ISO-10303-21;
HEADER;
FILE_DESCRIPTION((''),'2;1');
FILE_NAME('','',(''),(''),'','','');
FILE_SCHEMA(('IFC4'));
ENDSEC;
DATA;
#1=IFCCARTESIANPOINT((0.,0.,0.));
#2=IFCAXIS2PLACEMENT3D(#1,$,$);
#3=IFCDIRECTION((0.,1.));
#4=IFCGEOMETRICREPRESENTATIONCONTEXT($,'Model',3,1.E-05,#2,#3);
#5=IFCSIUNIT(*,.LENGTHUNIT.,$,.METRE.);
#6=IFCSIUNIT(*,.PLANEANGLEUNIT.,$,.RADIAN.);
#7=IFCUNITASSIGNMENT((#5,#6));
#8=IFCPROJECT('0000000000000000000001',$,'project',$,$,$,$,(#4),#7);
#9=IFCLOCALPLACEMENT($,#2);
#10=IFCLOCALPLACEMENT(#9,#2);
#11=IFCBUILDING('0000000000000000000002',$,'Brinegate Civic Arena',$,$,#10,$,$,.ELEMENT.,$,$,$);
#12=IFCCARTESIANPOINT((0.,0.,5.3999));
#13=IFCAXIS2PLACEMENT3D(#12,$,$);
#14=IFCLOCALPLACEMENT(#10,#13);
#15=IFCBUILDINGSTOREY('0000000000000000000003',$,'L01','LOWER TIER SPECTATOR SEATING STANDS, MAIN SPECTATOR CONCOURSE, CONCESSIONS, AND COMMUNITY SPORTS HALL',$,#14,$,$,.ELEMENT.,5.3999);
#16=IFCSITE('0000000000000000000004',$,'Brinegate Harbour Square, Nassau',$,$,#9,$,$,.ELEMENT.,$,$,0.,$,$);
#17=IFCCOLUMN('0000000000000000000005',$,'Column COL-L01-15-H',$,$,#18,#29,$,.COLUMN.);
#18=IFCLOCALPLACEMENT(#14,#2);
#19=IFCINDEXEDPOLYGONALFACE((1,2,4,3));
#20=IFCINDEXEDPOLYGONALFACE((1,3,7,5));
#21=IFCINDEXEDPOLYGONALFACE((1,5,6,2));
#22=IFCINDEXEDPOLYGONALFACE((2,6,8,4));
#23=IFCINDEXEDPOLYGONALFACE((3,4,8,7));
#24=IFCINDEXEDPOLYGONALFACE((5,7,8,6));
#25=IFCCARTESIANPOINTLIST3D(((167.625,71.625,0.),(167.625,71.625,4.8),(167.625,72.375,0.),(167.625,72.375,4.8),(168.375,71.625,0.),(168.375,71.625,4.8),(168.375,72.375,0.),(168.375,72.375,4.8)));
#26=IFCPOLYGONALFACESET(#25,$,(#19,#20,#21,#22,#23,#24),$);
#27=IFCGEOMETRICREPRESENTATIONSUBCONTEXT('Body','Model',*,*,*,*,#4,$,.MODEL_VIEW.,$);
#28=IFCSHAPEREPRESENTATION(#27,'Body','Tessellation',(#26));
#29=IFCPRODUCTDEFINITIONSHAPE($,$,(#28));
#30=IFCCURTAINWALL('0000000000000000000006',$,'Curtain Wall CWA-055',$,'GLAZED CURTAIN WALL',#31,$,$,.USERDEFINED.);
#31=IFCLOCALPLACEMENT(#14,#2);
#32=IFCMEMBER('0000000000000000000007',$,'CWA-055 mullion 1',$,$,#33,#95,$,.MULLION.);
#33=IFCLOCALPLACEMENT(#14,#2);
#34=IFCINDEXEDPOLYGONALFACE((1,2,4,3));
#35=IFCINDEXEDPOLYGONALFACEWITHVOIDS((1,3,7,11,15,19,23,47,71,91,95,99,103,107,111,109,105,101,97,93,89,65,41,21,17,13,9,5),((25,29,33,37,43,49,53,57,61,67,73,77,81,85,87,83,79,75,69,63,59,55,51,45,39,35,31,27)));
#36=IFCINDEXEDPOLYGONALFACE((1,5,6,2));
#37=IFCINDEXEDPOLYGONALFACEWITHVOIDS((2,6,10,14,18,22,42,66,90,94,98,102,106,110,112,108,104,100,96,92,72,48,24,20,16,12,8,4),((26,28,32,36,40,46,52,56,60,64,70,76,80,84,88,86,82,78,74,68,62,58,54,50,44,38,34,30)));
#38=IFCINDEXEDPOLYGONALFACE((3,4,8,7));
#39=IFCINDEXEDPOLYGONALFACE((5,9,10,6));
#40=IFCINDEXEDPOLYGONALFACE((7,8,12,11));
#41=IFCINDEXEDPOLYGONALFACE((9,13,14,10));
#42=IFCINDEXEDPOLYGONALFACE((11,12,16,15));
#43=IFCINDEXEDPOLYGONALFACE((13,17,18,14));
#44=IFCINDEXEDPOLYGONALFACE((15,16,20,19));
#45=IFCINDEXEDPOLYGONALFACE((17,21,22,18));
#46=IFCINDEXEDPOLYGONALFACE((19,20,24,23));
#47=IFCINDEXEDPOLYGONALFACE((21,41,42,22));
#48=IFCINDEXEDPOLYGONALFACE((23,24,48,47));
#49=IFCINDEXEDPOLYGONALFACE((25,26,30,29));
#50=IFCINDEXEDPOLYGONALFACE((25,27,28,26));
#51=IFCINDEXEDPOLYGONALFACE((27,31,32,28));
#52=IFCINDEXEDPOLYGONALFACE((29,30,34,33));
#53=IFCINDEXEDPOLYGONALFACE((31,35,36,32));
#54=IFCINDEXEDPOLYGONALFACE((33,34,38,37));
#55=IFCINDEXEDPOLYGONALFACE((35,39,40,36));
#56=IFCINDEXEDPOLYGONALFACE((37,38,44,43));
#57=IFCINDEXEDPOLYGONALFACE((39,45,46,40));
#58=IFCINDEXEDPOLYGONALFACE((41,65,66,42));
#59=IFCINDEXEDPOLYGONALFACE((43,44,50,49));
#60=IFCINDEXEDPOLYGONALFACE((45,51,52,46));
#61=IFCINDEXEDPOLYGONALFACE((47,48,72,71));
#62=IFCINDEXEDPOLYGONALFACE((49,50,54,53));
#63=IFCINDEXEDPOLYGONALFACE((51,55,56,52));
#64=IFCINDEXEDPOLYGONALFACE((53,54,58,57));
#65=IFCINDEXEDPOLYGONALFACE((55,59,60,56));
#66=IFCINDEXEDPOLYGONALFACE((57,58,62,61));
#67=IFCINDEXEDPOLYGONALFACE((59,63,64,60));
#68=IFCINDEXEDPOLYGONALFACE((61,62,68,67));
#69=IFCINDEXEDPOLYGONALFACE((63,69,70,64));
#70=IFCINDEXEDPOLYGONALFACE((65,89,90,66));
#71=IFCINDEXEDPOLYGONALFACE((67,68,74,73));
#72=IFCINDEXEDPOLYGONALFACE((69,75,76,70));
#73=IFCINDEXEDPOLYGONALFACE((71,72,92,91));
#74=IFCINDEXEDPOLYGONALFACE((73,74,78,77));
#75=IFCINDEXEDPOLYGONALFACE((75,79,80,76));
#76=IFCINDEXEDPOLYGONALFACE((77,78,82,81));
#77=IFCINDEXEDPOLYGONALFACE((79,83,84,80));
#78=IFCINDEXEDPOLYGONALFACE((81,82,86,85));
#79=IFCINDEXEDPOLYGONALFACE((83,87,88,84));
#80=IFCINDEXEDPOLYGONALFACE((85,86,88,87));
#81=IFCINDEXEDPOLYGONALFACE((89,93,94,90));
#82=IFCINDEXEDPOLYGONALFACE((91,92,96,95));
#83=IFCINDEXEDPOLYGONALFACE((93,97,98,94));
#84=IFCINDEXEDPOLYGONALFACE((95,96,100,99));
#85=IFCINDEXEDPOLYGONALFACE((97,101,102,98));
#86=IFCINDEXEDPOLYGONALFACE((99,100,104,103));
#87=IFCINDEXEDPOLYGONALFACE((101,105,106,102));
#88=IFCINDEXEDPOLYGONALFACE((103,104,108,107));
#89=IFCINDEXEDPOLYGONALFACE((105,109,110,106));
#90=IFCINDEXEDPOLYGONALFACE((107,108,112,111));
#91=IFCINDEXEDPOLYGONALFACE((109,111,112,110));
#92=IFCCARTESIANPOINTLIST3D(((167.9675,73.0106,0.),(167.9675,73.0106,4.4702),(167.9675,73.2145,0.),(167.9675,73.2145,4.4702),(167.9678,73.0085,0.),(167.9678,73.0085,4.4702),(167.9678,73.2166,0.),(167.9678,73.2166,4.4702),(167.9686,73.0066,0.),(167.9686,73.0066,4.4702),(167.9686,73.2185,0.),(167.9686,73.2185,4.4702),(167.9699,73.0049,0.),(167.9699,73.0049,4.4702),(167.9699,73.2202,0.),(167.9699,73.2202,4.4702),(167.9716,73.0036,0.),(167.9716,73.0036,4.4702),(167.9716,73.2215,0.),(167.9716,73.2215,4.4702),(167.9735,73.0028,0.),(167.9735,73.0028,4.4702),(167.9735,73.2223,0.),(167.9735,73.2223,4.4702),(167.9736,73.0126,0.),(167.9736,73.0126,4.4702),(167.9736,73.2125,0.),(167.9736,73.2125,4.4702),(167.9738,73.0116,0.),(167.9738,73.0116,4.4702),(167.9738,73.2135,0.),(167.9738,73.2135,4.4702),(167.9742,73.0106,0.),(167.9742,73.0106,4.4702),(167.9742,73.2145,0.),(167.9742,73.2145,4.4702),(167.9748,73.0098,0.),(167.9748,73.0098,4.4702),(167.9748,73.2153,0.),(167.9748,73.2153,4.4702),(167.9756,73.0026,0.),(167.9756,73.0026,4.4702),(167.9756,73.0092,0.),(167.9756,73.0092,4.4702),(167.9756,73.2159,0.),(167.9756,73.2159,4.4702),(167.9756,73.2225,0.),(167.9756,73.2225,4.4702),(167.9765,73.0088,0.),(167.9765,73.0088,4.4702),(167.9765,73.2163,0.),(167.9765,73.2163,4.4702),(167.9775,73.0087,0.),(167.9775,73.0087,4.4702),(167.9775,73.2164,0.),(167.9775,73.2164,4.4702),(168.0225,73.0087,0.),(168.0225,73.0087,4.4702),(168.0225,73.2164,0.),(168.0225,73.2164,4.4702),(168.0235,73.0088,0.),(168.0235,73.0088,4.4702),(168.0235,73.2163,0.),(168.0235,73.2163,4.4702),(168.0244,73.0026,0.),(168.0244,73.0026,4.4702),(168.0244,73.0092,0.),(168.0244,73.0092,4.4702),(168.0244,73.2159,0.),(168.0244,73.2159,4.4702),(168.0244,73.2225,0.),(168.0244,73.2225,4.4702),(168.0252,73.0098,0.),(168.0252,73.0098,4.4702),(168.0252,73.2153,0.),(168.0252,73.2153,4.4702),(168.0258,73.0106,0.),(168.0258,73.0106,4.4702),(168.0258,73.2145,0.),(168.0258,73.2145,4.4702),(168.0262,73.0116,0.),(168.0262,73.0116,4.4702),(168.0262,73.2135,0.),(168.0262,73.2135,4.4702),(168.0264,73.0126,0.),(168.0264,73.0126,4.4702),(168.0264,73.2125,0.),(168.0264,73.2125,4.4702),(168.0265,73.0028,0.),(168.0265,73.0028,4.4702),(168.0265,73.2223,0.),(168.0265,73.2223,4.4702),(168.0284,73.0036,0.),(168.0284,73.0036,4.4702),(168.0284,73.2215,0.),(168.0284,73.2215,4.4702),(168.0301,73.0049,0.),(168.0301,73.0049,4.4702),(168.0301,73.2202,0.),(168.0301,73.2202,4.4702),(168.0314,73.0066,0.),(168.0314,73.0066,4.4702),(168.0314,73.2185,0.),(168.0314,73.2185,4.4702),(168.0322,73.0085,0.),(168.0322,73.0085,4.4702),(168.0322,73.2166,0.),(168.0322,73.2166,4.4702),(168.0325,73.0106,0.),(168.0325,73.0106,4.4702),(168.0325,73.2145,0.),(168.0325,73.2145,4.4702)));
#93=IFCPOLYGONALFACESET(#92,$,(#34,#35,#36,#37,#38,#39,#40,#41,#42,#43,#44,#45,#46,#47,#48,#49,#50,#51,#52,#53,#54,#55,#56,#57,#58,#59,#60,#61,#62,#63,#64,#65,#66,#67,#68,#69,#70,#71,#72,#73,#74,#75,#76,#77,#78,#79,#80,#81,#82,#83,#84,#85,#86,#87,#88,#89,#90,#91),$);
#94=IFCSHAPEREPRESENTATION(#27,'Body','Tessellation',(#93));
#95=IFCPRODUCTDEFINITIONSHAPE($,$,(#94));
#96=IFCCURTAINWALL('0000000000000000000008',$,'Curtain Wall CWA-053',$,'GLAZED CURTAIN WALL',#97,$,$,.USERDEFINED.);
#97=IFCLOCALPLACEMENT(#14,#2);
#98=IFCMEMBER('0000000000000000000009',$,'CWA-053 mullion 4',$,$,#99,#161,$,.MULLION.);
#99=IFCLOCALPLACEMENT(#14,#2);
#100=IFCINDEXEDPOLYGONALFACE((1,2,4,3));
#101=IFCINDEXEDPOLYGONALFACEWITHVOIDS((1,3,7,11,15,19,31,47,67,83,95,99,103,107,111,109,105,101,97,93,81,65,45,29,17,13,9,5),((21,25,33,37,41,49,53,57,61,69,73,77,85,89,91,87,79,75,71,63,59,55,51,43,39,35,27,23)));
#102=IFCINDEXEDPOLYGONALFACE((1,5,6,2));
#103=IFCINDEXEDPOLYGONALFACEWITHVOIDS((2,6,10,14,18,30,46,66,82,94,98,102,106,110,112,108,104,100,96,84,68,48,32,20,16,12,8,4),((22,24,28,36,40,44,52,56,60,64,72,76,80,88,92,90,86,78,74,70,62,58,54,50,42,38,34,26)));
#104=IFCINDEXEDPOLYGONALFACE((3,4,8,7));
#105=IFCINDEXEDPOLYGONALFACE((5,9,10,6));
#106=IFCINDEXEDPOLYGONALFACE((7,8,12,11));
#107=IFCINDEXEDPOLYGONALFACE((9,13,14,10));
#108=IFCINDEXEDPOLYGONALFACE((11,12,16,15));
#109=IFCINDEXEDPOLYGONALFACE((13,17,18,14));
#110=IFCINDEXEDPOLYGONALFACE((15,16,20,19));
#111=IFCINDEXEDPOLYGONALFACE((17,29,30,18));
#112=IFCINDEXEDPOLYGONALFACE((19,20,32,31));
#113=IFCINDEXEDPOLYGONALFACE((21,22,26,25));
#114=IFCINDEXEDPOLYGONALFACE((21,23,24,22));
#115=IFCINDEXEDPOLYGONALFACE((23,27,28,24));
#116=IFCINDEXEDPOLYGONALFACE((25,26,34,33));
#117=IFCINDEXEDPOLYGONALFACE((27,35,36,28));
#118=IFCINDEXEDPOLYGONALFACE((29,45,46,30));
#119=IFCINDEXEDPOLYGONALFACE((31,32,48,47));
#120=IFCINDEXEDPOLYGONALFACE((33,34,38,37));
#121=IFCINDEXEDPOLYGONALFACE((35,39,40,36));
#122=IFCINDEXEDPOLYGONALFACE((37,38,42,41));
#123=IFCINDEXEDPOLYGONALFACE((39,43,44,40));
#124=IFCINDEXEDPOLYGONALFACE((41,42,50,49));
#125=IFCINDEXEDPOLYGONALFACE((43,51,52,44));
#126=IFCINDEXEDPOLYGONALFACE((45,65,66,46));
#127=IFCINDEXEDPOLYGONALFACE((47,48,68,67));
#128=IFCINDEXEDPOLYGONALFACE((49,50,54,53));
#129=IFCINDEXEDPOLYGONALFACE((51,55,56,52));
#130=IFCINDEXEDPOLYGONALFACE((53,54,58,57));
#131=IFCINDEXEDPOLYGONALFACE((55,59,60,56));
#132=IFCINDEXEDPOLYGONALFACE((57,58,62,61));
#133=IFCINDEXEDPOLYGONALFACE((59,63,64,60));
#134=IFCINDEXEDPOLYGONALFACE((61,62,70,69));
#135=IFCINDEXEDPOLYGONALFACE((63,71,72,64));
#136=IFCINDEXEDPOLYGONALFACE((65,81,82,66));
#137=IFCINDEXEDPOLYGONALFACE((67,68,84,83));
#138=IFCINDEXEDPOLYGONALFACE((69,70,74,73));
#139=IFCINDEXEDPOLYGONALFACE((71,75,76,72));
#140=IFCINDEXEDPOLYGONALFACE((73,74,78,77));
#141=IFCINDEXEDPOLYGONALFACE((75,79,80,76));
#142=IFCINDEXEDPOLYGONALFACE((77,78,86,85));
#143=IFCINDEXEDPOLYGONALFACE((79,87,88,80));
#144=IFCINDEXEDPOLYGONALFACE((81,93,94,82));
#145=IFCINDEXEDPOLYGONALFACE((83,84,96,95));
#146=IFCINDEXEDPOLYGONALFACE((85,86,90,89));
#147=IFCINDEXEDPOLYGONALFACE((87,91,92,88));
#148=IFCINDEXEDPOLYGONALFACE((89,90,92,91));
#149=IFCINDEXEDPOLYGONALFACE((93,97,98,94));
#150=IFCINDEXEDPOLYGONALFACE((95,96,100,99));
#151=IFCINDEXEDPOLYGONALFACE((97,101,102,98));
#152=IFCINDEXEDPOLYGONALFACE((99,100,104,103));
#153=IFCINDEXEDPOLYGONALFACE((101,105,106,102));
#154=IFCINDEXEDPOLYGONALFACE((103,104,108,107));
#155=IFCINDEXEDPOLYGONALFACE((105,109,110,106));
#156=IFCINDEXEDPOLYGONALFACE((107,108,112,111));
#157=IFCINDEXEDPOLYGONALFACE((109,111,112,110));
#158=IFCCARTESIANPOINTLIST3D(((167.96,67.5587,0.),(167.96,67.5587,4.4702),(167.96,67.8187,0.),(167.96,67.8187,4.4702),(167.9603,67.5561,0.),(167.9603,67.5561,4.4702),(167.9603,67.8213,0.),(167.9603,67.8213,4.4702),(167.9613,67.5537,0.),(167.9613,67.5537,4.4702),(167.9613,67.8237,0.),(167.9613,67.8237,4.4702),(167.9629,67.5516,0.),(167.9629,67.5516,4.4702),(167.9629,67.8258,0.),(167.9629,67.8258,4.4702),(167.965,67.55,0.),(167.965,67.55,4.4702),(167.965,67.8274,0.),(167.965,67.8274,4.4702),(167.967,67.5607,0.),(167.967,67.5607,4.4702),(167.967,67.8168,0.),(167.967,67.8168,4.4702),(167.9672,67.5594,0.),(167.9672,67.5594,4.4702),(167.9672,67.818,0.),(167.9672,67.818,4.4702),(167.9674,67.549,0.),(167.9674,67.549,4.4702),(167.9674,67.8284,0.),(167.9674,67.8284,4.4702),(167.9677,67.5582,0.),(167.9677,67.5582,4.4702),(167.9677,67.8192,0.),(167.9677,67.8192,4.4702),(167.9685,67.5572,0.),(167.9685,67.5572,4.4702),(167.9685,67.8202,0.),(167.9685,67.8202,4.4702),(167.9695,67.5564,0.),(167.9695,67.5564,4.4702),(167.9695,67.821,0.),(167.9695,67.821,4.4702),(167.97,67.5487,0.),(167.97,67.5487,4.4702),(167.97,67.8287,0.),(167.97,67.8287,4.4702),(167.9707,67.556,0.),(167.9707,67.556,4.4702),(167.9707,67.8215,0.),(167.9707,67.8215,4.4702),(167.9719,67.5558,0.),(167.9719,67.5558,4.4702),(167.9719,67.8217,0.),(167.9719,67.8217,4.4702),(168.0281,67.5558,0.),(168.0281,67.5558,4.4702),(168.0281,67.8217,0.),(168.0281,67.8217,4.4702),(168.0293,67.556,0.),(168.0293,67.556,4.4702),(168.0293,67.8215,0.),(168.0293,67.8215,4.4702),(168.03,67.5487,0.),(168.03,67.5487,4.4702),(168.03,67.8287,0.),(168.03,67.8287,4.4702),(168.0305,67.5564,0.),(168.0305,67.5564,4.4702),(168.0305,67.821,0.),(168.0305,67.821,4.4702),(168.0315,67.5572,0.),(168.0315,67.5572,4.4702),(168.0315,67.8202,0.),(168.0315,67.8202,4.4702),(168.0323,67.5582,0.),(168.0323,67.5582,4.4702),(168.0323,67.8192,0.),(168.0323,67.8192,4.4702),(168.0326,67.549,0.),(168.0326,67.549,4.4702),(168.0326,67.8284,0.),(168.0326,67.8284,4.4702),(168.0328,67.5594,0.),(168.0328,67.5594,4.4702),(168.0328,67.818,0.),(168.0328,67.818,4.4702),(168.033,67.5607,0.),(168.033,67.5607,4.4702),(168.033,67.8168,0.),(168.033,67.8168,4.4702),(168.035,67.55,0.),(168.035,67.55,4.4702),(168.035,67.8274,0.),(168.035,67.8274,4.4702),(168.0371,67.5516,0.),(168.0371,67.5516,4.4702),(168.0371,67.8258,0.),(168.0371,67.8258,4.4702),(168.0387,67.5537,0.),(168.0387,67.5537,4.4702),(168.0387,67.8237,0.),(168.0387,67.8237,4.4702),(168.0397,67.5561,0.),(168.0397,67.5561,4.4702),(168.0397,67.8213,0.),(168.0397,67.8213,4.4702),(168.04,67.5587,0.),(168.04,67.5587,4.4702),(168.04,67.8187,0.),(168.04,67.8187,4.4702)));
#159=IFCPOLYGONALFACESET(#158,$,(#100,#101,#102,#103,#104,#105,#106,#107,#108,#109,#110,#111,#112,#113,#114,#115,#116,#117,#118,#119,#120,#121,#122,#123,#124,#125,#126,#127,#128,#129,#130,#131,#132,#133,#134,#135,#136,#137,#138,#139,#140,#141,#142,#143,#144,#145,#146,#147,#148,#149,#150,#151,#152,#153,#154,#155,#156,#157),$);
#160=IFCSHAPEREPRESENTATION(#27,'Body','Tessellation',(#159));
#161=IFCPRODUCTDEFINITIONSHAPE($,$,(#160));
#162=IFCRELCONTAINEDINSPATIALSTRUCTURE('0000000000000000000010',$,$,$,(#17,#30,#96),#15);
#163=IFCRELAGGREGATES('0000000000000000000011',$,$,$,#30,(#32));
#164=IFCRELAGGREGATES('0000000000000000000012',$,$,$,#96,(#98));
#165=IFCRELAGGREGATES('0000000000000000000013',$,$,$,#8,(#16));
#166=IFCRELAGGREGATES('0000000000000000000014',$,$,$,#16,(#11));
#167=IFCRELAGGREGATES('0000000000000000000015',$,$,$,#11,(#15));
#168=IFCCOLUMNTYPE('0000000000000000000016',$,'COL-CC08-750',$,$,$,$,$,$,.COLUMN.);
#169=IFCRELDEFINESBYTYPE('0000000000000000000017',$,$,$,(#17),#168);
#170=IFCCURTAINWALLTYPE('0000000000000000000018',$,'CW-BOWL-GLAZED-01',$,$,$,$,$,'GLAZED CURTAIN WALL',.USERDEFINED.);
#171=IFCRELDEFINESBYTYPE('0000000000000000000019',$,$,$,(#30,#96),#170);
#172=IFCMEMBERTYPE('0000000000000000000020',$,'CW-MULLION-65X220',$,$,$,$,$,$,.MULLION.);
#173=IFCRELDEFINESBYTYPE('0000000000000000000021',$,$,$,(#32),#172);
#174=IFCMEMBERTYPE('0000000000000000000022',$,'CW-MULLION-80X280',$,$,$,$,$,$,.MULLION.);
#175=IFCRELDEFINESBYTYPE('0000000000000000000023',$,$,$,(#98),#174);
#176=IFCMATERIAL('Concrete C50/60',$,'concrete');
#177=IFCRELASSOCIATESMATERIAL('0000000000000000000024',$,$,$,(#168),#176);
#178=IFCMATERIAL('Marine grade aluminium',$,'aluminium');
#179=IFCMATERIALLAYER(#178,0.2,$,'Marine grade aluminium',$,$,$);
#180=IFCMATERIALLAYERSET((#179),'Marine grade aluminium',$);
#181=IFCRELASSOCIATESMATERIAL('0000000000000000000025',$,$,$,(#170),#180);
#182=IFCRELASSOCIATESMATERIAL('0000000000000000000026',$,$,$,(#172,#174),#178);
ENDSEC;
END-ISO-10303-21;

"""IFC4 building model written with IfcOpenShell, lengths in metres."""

from ifc_helpers import new_model, si_unit, direction, frame, origin, origin_2d, place, context, subcontext, project, spatial, rectangle, hollow_rectangle, extrude, material, layer, layer_set, material_profile, profile_set, type_object, element, aggregate, save


model = new_model("IFC4")

# Units and contexts
model_context = context("Model", 3, precision=1e-05, world=origin(), true_north=direction((0.0, 1.0)))
body_context = subcontext(model_context, "Body", "Model", "MODEL_VIEW")
ifc_project = project(units=[si_unit("LENGTHUNIT", "METRE"), si_unit("PLANEANGLEUNIT", "RADIAN")], contexts=[model_context])

# Site, building, storey
site_placement = place(None, origin())
site = spatial("IfcSite", under=ifc_project, at=site_placement, Name="Brinegate Harbour Square, Nassau", CompositionType="ELEMENT", RefElevation=0.0)
building_placement = place(site_placement, origin())
building = spatial("IfcBuilding", under=site, at=building_placement, Name="Brinegate Civic Arena", CompositionType="ELEMENT")
storey_placement = place(building_placement, frame((0.0, 0.0, 5.3999)))
storey = spatial("IfcBuildingStorey", under=building, at=storey_placement, Name="L01", Description="LOWER TIER SPECTATOR SEATING STANDS, MAIN SPECTATOR CONCOURSE, CONCESSIONS, AND COMMUNITY SPORTS HALL", CompositionType="ELEMENT", Elevation=5.3999)

# Column
ifc_material_1 = material(Name="Concrete C50/60", Category="concrete")
ifc_material_profile_1 = material_profile(ifc_material_1, rectangle(XDim=0.75, YDim=0.75, at=origin_2d()), Name="RC750X750")
ifc_profile_set_1 = profile_set([ifc_material_profile_1], Name="Concrete C50/60")
column_type = type_object("IfcColumnType", Name="COL-CC08-750", PredefinedType="COLUMN", material=ifc_profile_set_1)
column_placement = place(storey_placement, frame((168.0, 72.0, 0.0), z_axis=(0.0, 0.0, 1.0), x_axis=(1.0, 0.0, 0.0)))
element("IfcColumn", 1, at=column_placement, inside=storey, type_object=column_type, Name="Column COL-L01-15-H", PredefinedType="COLUMN", context=body_context, shape_type="SweptSolid", body=[
    extrude(rectangle(XDim=0.75, YDim=0.75, at=origin_2d()), origin(), (0.0, 0.0, 1.0), 4.8),
])

# Curtain wall, member
ifc_material_2 = material(Name="Marine grade aluminium", Category="aluminium")
ifc_layer_1 = layer(ifc_material_2, 0.2, Name="Marine grade aluminium")
ifc_layer_set_1 = layer_set([ifc_layer_1], Name="Marine grade aluminium")
curtain_wall_type = type_object("IfcCurtainWallType", Name="CW-BOWL-GLAZED-01", ElementType="GLAZED CURTAIN WALL", PredefinedType="USERDEFINED", material=ifc_layer_set_1)
curtain_wall_1_placement = place(storey_placement, origin())
curtain_wall_1 = element("IfcCurtainWall", 2, at=curtain_wall_1_placement, inside=storey, type_object=curtain_wall_type, Name="Curtain Wall CWA-055", ObjectType="GLAZED CURTAIN WALL", PredefinedType="USERDEFINED")
ifc_material_profile_2 = material_profile(ifc_material_2, hollow_rectangle(XDim=0.0649, YDim=0.22, WallThickness=0.0061, InnerFilletRadius=0.0039, OuterFilletRadius=0.0081, at=origin_2d()), Name="MUL65X220")
ifc_profile_set_2 = profile_set([ifc_material_profile_2], Name="Marine grade aluminium")
member_type_1 = type_object("IfcMemberType", Name="CW-MULLION-65X220", PredefinedType="MULLION", material=ifc_profile_set_2)
member_1_placement = place(storey_placement, frame((168.0, 73.1125, 0.0), z_axis=(0.0, 0.0, 1.0), x_axis=(-1.0, 0.0, 0.0)))
member_1 = element("IfcMember", 3, at=member_1_placement, type_object=member_type_1, Name="CWA-055 mullion 1", PredefinedType="MULLION", context=body_context, shape_type="SweptSolid", body=[
    extrude(hollow_rectangle(XDim=0.0649, YDim=0.22, WallThickness=0.0061, InnerFilletRadius=0.0039, OuterFilletRadius=0.0081, at=origin_2d()), origin(), (0.0, 0.0, 1.0), 4.4702),
])

# Curtain wall, member
curtain_wall_2_placement = place(storey_placement, origin())
curtain_wall_2 = element("IfcCurtainWall", 4, at=curtain_wall_2_placement, inside=storey, type_object=curtain_wall_type, Name="Curtain Wall CWA-053", ObjectType="GLAZED CURTAIN WALL", PredefinedType="USERDEFINED")
ifc_material_profile_3 = material_profile(ifc_material_2, hollow_rectangle(XDim=0.0801, YDim=0.28, WallThickness=0.0071, InnerFilletRadius=0.0049, OuterFilletRadius=0.01, at=origin_2d()), Name="MUL80X280")
ifc_profile_set_3 = profile_set([ifc_material_profile_3], Name="Marine grade aluminium")
member_type_2 = type_object("IfcMemberType", Name="CW-MULLION-80X280", PredefinedType="MULLION", material=ifc_profile_set_3)
member_2_placement = place(storey_placement, frame((168.0, 67.6887, 0.0), z_axis=(0.0, 0.0, 1.0), x_axis=(-1.0, 0.0, 0.0)))
member_2 = element("IfcMember", 5, at=member_2_placement, type_object=member_type_2, Name="CWA-053 mullion 4", PredefinedType="MULLION", context=body_context, shape_type="SweptSolid", body=[
    extrude(hollow_rectangle(XDim=0.0801, YDim=0.28, WallThickness=0.0071, InnerFilletRadius=0.0049, OuterFilletRadius=0.01, at=origin_2d()), origin(), (0.0, 0.0, 1.0), 4.4702),
])

aggregate(curtain_wall_1, [member_1])
aggregate(curtain_wall_2, [member_2])

save(model, "model.ifc")
